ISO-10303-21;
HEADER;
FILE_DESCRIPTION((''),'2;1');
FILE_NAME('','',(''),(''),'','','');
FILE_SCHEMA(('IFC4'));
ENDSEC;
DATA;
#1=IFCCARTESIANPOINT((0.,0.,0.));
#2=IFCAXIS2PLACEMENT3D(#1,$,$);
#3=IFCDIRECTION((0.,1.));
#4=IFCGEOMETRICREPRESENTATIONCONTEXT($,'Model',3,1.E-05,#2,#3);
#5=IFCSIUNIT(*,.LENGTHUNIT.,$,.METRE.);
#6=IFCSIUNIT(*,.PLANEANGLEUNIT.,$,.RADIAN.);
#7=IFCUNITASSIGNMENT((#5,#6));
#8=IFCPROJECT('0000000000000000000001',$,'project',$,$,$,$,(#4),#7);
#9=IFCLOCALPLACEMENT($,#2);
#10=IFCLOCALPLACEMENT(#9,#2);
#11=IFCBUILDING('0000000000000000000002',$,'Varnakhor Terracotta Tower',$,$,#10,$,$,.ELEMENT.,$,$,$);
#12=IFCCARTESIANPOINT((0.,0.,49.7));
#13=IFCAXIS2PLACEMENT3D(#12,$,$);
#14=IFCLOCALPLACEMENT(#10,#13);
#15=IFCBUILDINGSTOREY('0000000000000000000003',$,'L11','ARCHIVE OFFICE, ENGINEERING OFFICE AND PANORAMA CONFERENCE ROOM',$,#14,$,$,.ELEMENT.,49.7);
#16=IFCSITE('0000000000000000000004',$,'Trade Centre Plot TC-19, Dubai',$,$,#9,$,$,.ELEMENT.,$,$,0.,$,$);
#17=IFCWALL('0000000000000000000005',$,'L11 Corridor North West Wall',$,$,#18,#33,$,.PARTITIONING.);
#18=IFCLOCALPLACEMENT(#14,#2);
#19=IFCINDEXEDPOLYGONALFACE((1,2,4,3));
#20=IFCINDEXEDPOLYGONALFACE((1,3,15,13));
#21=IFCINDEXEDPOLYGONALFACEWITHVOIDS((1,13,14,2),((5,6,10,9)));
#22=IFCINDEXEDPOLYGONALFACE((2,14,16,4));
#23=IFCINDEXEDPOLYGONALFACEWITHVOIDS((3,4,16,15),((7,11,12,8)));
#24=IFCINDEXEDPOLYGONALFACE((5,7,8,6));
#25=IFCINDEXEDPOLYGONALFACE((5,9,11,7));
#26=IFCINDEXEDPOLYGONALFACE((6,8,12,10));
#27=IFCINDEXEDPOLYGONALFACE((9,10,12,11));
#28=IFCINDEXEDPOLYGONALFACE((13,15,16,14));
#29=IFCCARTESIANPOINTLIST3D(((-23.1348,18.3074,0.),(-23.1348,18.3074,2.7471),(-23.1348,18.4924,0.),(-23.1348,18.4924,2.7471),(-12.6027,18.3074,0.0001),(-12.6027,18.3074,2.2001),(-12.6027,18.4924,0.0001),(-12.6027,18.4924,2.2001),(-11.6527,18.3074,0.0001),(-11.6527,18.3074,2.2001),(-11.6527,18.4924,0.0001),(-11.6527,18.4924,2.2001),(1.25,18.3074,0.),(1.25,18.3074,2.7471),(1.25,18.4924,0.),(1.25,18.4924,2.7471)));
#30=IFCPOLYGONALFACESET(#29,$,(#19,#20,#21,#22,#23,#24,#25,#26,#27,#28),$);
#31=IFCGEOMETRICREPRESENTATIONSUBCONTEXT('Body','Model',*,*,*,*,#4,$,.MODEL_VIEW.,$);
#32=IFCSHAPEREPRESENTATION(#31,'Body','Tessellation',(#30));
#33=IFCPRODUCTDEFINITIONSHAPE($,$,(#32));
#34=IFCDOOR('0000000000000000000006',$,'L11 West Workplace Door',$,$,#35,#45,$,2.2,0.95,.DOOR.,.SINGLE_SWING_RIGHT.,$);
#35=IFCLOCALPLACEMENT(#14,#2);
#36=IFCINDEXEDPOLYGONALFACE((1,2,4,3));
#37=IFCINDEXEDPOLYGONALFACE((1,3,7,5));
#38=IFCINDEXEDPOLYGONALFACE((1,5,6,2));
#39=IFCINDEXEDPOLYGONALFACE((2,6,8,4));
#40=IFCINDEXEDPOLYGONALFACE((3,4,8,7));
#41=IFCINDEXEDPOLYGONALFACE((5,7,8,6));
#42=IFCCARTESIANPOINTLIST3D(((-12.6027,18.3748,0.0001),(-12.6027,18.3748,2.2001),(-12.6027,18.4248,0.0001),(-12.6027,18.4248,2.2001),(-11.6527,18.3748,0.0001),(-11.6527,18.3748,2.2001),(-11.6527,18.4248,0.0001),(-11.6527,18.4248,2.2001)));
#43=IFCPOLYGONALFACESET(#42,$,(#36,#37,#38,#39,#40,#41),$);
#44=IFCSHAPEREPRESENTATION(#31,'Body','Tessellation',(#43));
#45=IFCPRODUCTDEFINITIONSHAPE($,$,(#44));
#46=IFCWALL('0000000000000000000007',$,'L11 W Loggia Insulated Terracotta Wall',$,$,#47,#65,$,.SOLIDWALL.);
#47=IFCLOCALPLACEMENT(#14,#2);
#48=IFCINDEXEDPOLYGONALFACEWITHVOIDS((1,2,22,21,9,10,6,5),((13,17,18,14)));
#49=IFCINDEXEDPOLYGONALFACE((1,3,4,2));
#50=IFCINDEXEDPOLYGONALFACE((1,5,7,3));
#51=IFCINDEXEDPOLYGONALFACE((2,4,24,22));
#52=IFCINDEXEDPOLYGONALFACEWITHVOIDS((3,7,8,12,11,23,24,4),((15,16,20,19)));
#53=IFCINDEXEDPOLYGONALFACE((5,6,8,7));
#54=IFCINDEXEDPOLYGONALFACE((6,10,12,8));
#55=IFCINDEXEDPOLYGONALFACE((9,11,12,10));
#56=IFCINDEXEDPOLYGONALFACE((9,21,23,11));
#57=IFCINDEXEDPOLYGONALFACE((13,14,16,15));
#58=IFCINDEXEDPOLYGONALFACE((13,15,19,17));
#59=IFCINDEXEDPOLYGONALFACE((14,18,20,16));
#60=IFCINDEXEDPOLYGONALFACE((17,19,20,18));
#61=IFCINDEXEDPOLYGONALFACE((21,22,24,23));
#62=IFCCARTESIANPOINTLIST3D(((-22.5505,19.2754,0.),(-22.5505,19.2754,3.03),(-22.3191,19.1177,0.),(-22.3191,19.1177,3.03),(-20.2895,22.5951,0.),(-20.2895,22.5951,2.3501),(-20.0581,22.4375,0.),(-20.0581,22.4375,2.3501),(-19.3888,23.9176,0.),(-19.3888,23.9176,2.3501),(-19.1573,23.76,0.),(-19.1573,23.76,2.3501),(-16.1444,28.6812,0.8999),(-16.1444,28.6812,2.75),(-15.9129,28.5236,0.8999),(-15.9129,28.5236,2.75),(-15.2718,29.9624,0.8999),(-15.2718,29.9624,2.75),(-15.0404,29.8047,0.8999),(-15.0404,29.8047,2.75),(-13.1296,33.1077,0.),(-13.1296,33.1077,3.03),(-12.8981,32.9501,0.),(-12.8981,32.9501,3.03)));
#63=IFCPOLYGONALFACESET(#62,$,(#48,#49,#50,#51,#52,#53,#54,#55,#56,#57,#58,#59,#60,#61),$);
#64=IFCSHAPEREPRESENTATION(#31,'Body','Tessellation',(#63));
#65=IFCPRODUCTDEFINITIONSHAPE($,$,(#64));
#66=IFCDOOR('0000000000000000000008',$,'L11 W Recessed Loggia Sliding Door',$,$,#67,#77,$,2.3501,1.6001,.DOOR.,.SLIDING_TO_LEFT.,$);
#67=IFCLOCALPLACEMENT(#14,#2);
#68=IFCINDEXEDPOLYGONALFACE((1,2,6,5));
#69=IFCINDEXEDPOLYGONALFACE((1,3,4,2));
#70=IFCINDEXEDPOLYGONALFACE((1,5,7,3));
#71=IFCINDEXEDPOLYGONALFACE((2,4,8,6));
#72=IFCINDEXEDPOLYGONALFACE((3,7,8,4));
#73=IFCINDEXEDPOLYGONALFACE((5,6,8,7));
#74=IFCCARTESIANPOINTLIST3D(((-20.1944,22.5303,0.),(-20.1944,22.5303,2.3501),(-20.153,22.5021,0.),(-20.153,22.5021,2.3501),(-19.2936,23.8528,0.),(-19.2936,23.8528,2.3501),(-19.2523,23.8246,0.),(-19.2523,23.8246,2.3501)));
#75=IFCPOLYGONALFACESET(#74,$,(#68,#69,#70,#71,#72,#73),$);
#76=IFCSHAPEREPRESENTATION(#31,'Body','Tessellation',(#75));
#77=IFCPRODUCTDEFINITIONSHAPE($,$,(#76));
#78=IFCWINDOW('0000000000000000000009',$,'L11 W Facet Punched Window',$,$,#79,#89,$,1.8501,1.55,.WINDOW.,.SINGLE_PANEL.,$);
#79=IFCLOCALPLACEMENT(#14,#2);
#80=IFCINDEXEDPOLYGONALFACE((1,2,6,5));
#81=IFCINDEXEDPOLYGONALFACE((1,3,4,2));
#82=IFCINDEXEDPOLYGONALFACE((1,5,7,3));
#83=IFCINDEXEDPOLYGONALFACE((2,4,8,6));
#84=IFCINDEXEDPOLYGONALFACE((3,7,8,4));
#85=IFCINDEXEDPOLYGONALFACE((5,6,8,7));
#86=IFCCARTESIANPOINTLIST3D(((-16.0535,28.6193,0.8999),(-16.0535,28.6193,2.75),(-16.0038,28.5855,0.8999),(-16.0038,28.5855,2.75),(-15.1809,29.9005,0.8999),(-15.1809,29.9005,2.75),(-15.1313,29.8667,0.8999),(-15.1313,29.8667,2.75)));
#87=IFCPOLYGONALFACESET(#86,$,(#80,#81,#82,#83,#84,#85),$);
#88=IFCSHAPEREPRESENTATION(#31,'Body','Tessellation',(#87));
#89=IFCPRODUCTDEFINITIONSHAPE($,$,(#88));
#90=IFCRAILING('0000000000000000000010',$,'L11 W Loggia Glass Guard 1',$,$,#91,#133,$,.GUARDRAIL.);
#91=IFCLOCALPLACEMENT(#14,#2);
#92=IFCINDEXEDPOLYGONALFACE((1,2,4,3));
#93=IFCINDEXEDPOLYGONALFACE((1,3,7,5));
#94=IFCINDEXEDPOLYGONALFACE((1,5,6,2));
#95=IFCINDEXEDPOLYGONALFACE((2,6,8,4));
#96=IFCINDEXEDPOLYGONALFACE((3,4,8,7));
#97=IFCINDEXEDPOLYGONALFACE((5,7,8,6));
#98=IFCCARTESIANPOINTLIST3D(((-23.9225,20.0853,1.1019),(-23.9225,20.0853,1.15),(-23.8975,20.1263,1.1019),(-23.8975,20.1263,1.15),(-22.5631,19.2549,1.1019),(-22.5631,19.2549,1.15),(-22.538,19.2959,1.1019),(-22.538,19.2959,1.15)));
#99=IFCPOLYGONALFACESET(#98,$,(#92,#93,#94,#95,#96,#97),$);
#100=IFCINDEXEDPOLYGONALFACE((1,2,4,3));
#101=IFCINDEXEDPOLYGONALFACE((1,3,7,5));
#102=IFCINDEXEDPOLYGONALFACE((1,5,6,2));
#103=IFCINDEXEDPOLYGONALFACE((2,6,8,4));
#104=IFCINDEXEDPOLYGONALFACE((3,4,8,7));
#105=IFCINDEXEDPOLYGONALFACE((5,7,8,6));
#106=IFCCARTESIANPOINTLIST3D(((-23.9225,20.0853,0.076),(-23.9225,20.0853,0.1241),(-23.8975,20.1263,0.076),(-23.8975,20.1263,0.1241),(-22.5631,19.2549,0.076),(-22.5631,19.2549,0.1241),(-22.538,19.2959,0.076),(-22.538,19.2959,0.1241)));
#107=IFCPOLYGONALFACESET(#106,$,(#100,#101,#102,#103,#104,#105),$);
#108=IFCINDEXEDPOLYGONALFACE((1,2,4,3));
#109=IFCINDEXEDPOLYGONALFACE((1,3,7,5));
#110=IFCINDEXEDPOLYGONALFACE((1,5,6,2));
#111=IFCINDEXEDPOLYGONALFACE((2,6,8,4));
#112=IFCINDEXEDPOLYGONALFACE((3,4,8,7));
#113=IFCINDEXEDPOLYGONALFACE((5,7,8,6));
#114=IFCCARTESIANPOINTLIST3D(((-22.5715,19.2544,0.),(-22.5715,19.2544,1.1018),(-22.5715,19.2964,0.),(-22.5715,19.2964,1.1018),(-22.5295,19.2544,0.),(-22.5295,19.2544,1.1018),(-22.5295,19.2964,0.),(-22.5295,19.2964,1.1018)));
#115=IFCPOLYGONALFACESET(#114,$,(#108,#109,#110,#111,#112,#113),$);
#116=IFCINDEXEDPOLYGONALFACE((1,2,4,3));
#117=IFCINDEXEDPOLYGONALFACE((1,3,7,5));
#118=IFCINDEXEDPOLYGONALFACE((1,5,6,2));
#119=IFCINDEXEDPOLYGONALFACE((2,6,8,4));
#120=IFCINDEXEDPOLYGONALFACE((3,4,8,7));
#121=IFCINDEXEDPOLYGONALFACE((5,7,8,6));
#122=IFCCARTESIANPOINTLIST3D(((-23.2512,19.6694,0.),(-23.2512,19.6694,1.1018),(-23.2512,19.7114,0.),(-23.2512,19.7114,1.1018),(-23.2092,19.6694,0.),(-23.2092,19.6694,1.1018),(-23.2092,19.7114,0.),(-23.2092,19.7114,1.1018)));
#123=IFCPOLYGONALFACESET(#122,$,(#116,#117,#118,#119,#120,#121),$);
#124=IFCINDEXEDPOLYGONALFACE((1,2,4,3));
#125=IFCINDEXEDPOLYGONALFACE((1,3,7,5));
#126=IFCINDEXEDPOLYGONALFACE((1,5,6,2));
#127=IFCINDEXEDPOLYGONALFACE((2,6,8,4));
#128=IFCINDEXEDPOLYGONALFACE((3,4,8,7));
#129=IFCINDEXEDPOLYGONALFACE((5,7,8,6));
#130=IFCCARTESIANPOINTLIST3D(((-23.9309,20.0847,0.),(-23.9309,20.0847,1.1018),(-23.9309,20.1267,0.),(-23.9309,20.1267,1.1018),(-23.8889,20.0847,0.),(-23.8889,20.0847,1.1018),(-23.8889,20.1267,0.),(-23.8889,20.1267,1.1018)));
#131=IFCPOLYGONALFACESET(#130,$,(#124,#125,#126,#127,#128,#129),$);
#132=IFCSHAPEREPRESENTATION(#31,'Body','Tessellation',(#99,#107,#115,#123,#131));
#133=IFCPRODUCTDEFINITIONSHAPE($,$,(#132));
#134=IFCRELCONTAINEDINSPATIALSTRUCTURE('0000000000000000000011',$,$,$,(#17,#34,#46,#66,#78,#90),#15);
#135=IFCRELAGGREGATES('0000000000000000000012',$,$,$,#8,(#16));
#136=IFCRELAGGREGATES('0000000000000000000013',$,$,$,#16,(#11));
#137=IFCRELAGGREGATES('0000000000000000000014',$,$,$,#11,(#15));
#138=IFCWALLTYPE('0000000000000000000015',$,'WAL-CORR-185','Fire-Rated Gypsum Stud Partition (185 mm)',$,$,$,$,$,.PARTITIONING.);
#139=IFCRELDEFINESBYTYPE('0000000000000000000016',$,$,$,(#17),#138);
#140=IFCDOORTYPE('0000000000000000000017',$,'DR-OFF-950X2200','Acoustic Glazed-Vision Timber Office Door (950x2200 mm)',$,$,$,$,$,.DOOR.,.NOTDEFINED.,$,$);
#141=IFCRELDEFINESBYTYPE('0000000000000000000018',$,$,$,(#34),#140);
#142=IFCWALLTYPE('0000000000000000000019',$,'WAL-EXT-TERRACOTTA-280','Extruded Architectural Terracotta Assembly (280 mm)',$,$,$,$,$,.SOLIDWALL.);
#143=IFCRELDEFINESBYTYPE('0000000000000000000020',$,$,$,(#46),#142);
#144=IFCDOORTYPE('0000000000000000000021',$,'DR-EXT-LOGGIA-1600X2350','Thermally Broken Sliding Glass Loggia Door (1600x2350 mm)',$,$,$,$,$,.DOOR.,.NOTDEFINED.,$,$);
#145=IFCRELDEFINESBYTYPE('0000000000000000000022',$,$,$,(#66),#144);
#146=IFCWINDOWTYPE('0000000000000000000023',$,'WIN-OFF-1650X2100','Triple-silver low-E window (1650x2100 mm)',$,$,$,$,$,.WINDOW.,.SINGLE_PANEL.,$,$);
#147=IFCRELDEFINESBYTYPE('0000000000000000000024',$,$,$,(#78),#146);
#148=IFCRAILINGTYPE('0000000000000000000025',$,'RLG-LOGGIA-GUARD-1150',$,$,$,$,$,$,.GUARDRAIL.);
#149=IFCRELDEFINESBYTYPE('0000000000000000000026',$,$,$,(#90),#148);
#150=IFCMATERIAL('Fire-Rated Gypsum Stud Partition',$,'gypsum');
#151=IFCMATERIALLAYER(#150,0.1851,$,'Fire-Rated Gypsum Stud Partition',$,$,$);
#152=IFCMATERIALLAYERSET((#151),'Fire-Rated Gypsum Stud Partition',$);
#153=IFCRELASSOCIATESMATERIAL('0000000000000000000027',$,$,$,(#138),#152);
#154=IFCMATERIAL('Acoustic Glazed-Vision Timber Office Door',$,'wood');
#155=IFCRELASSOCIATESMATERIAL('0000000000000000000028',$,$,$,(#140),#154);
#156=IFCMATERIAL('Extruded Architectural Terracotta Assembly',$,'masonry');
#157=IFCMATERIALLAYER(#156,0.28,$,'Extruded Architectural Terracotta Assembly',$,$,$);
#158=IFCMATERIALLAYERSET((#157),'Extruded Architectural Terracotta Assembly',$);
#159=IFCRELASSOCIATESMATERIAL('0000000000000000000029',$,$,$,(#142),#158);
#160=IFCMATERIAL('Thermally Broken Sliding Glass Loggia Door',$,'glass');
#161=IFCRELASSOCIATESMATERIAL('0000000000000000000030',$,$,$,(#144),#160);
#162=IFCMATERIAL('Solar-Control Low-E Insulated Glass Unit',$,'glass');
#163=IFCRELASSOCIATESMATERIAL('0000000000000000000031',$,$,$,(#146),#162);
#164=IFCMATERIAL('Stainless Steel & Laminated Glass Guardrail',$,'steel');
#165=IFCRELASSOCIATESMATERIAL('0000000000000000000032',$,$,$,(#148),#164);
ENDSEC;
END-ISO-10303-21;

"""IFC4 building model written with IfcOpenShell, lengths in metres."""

from ifc_helpers import new_model, si_unit, direction, frame, frame_2d, origin, origin_2d, place, context, subcontext, project, spatial, rectangle, extrude, source, transform, mapped, material, layer, layer_set, type_object, type_shapes, element, fill, save


model = new_model("IFC4")

# Units and contexts
model_context = context("Model", 3, precision=1e-05, world=origin(), true_north=direction((0.0, 1.0)))
body_context = subcontext(model_context, "Body", "Model", "MODEL_VIEW")
ifc_project = project(units=[si_unit("LENGTHUNIT", "METRE"), si_unit("PLANEANGLEUNIT", "RADIAN")], contexts=[model_context])

# Site, building, storey
site_placement = place(None, origin())
site = spatial("IfcSite", under=ifc_project, at=site_placement, Name="Trade Centre Plot TC-19, Dubai", CompositionType="ELEMENT", RefElevation=0.0)
building_placement = place(site_placement, origin())
building = spatial("IfcBuilding", under=site, at=building_placement, Name="Varnakhor Terracotta Tower", CompositionType="ELEMENT")
storey_placement = place(building_placement, frame((0.0, 0.0, 49.7)))
storey = spatial("IfcBuildingStorey", under=building, at=storey_placement, Name="L11", Description="ARCHIVE OFFICE, ENGINEERING OFFICE AND PANORAMA CONFERENCE ROOM", CompositionType="ELEMENT", Elevation=49.7)

# Wall, opening, door
ifc_material_1 = material(Name="Fire-Rated Gypsum Stud Partition", Category="gypsum")
ifc_layer_1 = layer(ifc_material_1, 0.1851, Name="Fire-Rated Gypsum Stud Partition")
ifc_layer_set_1 = layer_set([ifc_layer_1], Name="Fire-Rated Gypsum Stud Partition")
wall_type_1 = type_object("IfcWallType", Name="WAL-CORR-185", Description="Fire-Rated Gypsum Stud Partition (185 mm)", PredefinedType="PARTITIONING", material=ifc_layer_set_1)
ifc_material_2 = material(Name="Acoustic Glazed-Vision Timber Office Door", Category="wood")
door_type_1 = type_object("IfcDoorType", Name="DR-OFF-950X2200", Description="Acoustic Glazed-Vision Timber Office Door (950x2200 mm)", OperationType="NOTDEFINED", PredefinedType="DOOR", material=ifc_material_2)
shared_shape_1 = source(origin(), body_context, "Body", "SweptSolid", [
    extrude(rectangle(XDim=0.95, YDim=2.2, at=frame_2d((0.4751, 1.1001))), frame((0.0, 0.0249, 0.0), z_axis=(0.0, -1.0, 0.0), x_axis=(1.0, 0.0, 0.0)), (0.0, 0.0, 1.0), 0.05),
])
type_shapes(door_type_1, [shared_shape_1])
wall_1_placement = place(storey_placement, frame((-23.1348, 18.3999, 0.0), z_axis=(0.0, 0.0, 1.0), x_axis=(1.0, 0.0, 0.0)))
wall_1 = element("IfcWall", 1, at=wall_1_placement, inside=storey, type_object=wall_type_1, Name="L11 Corridor North West Wall", PredefinedType="PARTITIONING", context=body_context, shape_type="SweptSolid", body=[
    extrude(rectangle(XDim=24.3848, YDim=0.1851, at=frame_2d((12.1924, 0.0))), origin(), (0.0, 0.0, 1.0), 2.7471),
])
opening_1_placement = place(wall_1_placement, frame((10.532, 0.0, 0.0)))
opening_1 = element("IfcOpeningElement", 2, at=opening_1_placement, cuts=wall_1, PredefinedType="OPENING", context=body_context, shape_type="SweptSolid", body=[
    extrude(rectangle(XDim=0.95, YDim=2.2, at=frame_2d((0.4751, 1.1001))), frame((0.0, 0.1025, 0.0), z_axis=(0.0, -1.0, 0.0), x_axis=(1.0, 0.0, 0.0)), (0.0, 0.0, 1.0), 0.2051),
])
door_1_placement = place(opening_1_placement, origin())
door_1 = element("IfcDoor", 3, at=door_1_placement, inside=storey, type_object=door_type_1, Name="L11 West Workplace Door", OperationType="SINGLE_SWING_RIGHT", OverallHeight=2.2, OverallWidth=0.95, PredefinedType="DOOR", context=body_context, shape_type="MappedRepresentation", body=[
    mapped(shared_shape_1, transform((0.0, 0.0, 0.0), scale=1.0)),
])
fill(opening_1, door_1)

# Wall, openings, door, window
ifc_material_3 = material(Name="Extruded Architectural Terracotta Assembly", Category="masonry")
ifc_layer_2 = layer(ifc_material_3, 0.28, Name="Extruded Architectural Terracotta Assembly")
ifc_layer_set_2 = layer_set([ifc_layer_2], Name="Extruded Architectural Terracotta Assembly")
wall_type_2 = type_object("IfcWallType", Name="WAL-EXT-TERRACOTTA-280", Description="Extruded Architectural Terracotta Assembly (280 mm)", PredefinedType="SOLIDWALL", material=ifc_layer_set_2)
wall_2_placement = place(storey_placement, frame((-22.4348, 19.1965, 0.0), z_axis=(0.0, 0.0, 1.0), x_axis=(0.562921, 0.826511, 0.0)))
wall_2 = element("IfcWall", 4, at=wall_2_placement, inside=storey, type_object=wall_type_2, Name="L11 W Loggia Insulated Terracotta Wall", PredefinedType="SOLIDWALL", context=body_context, shape_type="SweptSolid", body=[
    extrude(rectangle(XDim=16.7358, YDim=0.28, at=frame_2d((8.3679, 0.0))), origin(), (0.0, 0.0, 1.0), 3.03),
])
opening_2_placement = place(wall_2_placement, frame((4.0166, 0.0, 0.0)))
opening_2 = element("IfcOpeningElement", 5, at=opening_2_placement, cuts=wall_2, PredefinedType="OPENING", context=body_context, shape_type="SweptSolid", body=[
    extrude(rectangle(XDim=1.6001, YDim=2.3501, at=frame_2d((0.8, 1.175))), frame((0.0, 0.1499, 0.0), z_axis=(0.0, -1.0, 0.0), x_axis=(1.0, 0.0, 0.0)), (0.0, 0.0, 1.0), 0.3),
])
opening_3_placement = place(wall_2_placement, frame((11.3804, 0.0, 0.8999)))
opening_3 = element("IfcOpeningElement", 6, at=opening_3_placement, cuts=wall_2, PredefinedType="OPENING", context=body_context, shape_type="SweptSolid", body=[
    extrude(rectangle(XDim=1.55, YDim=1.8501, at=frame_2d((0.7749, 0.925))), frame((0.0, 0.1499, 0.0), z_axis=(0.0, -1.0, 0.0), x_axis=(1.0, 0.0, 0.0)), (0.0, 0.0, 1.0), 0.3),
])
ifc_material_4 = material(Name="Thermally Broken Sliding Glass Loggia Door", Category="glass")
door_type_2 = type_object("IfcDoorType", Name="DR-EXT-LOGGIA-1600X2350", Description="Thermally Broken Sliding Glass Loggia Door (1600x2350 mm)", OperationType="NOTDEFINED", PredefinedType="DOOR", material=ifc_material_4)
shared_shape_2 = source(origin(), body_context, "Body", "SweptSolid", [
    extrude(rectangle(XDim=1.6001, YDim=2.3501, at=frame_2d((0.8, 1.175))), frame((0.0, 0.0249, 0.0), z_axis=(0.0, -1.0, 0.0), x_axis=(1.0, 0.0, 0.0)), (0.0, 0.0, 1.0), 0.05),
])
type_shapes(door_type_2, [shared_shape_2])
door_2_placement = place(opening_2_placement, origin())
door_2 = element("IfcDoor", 7, at=door_2_placement, inside=storey, type_object=door_type_2, Name="L11 W Recessed Loggia Sliding Door", OperationType="SLIDING_TO_LEFT", OverallHeight=2.3501, OverallWidth=1.6001, PredefinedType="DOOR", context=body_context, shape_type="MappedRepresentation", body=[
    mapped(shared_shape_2, transform((0.0, 0.0, 0.0), scale=1.0)),
])
fill(opening_2, door_2)
ifc_material_5 = material(Name="Solar-Control Low-E Insulated Glass Unit", Category="glass")
window_type = type_object("IfcWindowType", Name="WIN-OFF-1650X2100", Description="Triple-silver low-E window (1650x2100 mm)", PartitioningType="SINGLE_PANEL", PredefinedType="WINDOW", material=ifc_material_5)
shared_shape_3 = source(origin(), body_context, "Body", "SweptSolid", [
    extrude(rectangle(XDim=1.55, YDim=1.8501, at=frame_2d((0.7749, 0.925))), frame((0.0, 0.03, 0.0), z_axis=(0.0, -1.0, 0.0), x_axis=(1.0, 0.0, 0.0)), (0.0, 0.0, 1.0), 0.0601),
])
type_shapes(window_type, [shared_shape_3])
window_placement = place(opening_3_placement, origin())
window = element("IfcWindow", 8, at=window_placement, inside=storey, type_object=window_type, Name="L11 W Facet Punched Window", OverallHeight=1.8501, OverallWidth=1.55, PartitioningType="SINGLE_PANEL", PredefinedType="WINDOW", context=body_context, shape_type="MappedRepresentation", body=[
    mapped(shared_shape_3, transform((0.0, 0.0, 0.0), scale=1.0)),
])
fill(opening_3, window)

# Railing
ifc_material_6 = material(Name="Stainless Steel & Laminated Glass Guardrail", Category="steel")
railing_type = type_object("IfcRailingType", Name="RLG-LOGGIA-GUARD-1150", PredefinedType="GUARDRAIL", material=ifc_material_6)
railing_1_placement = place(storey_placement, frame((-22.5505, 19.2754, 0.0)))
element("IfcRailing", 9, at=railing_1_placement, inside=storey, type_object=railing_type, Name="L11 W Loggia Glass Guard 1", PredefinedType="GUARDRAIL", context=body_context, shape_type="SweptSolid", body=[
    extrude(rectangle(XDim=0.0481, YDim=0.0481, at=origin_2d()), frame((0.0, 0.0, 1.126), z_axis=(-0.853395, 0.521264, 0.0), x_axis=(-0.521264, -0.853395, 0.0)), (0.0, 0.0, 1.0), 1.593),
    extrude(rectangle(XDim=0.0481, YDim=0.0481, at=origin_2d()), frame((0.0, 0.0, 0.1001), z_axis=(-0.853395, 0.521264, 0.0), x_axis=(-0.521264, -0.853395, 0.0)), (0.0, 0.0, 1.0), 1.593),
    extrude(rectangle(XDim=0.042, YDim=0.042, at=origin_2d()), origin(), (0.0, 0.0, 1.0), 1.1018),
    extrude(rectangle(XDim=0.042, YDim=0.042, at=origin_2d()), frame((-0.6797, 0.415, 0.0)), (0.0, 0.0, 1.0), 1.1018),
    extrude(rectangle(XDim=0.042, YDim=0.042, at=origin_2d()), frame((-1.3594, 0.8303, 0.0)), (0.0, 0.0, 1.0), 1.1018),
])

save(model, "model.ifc")
